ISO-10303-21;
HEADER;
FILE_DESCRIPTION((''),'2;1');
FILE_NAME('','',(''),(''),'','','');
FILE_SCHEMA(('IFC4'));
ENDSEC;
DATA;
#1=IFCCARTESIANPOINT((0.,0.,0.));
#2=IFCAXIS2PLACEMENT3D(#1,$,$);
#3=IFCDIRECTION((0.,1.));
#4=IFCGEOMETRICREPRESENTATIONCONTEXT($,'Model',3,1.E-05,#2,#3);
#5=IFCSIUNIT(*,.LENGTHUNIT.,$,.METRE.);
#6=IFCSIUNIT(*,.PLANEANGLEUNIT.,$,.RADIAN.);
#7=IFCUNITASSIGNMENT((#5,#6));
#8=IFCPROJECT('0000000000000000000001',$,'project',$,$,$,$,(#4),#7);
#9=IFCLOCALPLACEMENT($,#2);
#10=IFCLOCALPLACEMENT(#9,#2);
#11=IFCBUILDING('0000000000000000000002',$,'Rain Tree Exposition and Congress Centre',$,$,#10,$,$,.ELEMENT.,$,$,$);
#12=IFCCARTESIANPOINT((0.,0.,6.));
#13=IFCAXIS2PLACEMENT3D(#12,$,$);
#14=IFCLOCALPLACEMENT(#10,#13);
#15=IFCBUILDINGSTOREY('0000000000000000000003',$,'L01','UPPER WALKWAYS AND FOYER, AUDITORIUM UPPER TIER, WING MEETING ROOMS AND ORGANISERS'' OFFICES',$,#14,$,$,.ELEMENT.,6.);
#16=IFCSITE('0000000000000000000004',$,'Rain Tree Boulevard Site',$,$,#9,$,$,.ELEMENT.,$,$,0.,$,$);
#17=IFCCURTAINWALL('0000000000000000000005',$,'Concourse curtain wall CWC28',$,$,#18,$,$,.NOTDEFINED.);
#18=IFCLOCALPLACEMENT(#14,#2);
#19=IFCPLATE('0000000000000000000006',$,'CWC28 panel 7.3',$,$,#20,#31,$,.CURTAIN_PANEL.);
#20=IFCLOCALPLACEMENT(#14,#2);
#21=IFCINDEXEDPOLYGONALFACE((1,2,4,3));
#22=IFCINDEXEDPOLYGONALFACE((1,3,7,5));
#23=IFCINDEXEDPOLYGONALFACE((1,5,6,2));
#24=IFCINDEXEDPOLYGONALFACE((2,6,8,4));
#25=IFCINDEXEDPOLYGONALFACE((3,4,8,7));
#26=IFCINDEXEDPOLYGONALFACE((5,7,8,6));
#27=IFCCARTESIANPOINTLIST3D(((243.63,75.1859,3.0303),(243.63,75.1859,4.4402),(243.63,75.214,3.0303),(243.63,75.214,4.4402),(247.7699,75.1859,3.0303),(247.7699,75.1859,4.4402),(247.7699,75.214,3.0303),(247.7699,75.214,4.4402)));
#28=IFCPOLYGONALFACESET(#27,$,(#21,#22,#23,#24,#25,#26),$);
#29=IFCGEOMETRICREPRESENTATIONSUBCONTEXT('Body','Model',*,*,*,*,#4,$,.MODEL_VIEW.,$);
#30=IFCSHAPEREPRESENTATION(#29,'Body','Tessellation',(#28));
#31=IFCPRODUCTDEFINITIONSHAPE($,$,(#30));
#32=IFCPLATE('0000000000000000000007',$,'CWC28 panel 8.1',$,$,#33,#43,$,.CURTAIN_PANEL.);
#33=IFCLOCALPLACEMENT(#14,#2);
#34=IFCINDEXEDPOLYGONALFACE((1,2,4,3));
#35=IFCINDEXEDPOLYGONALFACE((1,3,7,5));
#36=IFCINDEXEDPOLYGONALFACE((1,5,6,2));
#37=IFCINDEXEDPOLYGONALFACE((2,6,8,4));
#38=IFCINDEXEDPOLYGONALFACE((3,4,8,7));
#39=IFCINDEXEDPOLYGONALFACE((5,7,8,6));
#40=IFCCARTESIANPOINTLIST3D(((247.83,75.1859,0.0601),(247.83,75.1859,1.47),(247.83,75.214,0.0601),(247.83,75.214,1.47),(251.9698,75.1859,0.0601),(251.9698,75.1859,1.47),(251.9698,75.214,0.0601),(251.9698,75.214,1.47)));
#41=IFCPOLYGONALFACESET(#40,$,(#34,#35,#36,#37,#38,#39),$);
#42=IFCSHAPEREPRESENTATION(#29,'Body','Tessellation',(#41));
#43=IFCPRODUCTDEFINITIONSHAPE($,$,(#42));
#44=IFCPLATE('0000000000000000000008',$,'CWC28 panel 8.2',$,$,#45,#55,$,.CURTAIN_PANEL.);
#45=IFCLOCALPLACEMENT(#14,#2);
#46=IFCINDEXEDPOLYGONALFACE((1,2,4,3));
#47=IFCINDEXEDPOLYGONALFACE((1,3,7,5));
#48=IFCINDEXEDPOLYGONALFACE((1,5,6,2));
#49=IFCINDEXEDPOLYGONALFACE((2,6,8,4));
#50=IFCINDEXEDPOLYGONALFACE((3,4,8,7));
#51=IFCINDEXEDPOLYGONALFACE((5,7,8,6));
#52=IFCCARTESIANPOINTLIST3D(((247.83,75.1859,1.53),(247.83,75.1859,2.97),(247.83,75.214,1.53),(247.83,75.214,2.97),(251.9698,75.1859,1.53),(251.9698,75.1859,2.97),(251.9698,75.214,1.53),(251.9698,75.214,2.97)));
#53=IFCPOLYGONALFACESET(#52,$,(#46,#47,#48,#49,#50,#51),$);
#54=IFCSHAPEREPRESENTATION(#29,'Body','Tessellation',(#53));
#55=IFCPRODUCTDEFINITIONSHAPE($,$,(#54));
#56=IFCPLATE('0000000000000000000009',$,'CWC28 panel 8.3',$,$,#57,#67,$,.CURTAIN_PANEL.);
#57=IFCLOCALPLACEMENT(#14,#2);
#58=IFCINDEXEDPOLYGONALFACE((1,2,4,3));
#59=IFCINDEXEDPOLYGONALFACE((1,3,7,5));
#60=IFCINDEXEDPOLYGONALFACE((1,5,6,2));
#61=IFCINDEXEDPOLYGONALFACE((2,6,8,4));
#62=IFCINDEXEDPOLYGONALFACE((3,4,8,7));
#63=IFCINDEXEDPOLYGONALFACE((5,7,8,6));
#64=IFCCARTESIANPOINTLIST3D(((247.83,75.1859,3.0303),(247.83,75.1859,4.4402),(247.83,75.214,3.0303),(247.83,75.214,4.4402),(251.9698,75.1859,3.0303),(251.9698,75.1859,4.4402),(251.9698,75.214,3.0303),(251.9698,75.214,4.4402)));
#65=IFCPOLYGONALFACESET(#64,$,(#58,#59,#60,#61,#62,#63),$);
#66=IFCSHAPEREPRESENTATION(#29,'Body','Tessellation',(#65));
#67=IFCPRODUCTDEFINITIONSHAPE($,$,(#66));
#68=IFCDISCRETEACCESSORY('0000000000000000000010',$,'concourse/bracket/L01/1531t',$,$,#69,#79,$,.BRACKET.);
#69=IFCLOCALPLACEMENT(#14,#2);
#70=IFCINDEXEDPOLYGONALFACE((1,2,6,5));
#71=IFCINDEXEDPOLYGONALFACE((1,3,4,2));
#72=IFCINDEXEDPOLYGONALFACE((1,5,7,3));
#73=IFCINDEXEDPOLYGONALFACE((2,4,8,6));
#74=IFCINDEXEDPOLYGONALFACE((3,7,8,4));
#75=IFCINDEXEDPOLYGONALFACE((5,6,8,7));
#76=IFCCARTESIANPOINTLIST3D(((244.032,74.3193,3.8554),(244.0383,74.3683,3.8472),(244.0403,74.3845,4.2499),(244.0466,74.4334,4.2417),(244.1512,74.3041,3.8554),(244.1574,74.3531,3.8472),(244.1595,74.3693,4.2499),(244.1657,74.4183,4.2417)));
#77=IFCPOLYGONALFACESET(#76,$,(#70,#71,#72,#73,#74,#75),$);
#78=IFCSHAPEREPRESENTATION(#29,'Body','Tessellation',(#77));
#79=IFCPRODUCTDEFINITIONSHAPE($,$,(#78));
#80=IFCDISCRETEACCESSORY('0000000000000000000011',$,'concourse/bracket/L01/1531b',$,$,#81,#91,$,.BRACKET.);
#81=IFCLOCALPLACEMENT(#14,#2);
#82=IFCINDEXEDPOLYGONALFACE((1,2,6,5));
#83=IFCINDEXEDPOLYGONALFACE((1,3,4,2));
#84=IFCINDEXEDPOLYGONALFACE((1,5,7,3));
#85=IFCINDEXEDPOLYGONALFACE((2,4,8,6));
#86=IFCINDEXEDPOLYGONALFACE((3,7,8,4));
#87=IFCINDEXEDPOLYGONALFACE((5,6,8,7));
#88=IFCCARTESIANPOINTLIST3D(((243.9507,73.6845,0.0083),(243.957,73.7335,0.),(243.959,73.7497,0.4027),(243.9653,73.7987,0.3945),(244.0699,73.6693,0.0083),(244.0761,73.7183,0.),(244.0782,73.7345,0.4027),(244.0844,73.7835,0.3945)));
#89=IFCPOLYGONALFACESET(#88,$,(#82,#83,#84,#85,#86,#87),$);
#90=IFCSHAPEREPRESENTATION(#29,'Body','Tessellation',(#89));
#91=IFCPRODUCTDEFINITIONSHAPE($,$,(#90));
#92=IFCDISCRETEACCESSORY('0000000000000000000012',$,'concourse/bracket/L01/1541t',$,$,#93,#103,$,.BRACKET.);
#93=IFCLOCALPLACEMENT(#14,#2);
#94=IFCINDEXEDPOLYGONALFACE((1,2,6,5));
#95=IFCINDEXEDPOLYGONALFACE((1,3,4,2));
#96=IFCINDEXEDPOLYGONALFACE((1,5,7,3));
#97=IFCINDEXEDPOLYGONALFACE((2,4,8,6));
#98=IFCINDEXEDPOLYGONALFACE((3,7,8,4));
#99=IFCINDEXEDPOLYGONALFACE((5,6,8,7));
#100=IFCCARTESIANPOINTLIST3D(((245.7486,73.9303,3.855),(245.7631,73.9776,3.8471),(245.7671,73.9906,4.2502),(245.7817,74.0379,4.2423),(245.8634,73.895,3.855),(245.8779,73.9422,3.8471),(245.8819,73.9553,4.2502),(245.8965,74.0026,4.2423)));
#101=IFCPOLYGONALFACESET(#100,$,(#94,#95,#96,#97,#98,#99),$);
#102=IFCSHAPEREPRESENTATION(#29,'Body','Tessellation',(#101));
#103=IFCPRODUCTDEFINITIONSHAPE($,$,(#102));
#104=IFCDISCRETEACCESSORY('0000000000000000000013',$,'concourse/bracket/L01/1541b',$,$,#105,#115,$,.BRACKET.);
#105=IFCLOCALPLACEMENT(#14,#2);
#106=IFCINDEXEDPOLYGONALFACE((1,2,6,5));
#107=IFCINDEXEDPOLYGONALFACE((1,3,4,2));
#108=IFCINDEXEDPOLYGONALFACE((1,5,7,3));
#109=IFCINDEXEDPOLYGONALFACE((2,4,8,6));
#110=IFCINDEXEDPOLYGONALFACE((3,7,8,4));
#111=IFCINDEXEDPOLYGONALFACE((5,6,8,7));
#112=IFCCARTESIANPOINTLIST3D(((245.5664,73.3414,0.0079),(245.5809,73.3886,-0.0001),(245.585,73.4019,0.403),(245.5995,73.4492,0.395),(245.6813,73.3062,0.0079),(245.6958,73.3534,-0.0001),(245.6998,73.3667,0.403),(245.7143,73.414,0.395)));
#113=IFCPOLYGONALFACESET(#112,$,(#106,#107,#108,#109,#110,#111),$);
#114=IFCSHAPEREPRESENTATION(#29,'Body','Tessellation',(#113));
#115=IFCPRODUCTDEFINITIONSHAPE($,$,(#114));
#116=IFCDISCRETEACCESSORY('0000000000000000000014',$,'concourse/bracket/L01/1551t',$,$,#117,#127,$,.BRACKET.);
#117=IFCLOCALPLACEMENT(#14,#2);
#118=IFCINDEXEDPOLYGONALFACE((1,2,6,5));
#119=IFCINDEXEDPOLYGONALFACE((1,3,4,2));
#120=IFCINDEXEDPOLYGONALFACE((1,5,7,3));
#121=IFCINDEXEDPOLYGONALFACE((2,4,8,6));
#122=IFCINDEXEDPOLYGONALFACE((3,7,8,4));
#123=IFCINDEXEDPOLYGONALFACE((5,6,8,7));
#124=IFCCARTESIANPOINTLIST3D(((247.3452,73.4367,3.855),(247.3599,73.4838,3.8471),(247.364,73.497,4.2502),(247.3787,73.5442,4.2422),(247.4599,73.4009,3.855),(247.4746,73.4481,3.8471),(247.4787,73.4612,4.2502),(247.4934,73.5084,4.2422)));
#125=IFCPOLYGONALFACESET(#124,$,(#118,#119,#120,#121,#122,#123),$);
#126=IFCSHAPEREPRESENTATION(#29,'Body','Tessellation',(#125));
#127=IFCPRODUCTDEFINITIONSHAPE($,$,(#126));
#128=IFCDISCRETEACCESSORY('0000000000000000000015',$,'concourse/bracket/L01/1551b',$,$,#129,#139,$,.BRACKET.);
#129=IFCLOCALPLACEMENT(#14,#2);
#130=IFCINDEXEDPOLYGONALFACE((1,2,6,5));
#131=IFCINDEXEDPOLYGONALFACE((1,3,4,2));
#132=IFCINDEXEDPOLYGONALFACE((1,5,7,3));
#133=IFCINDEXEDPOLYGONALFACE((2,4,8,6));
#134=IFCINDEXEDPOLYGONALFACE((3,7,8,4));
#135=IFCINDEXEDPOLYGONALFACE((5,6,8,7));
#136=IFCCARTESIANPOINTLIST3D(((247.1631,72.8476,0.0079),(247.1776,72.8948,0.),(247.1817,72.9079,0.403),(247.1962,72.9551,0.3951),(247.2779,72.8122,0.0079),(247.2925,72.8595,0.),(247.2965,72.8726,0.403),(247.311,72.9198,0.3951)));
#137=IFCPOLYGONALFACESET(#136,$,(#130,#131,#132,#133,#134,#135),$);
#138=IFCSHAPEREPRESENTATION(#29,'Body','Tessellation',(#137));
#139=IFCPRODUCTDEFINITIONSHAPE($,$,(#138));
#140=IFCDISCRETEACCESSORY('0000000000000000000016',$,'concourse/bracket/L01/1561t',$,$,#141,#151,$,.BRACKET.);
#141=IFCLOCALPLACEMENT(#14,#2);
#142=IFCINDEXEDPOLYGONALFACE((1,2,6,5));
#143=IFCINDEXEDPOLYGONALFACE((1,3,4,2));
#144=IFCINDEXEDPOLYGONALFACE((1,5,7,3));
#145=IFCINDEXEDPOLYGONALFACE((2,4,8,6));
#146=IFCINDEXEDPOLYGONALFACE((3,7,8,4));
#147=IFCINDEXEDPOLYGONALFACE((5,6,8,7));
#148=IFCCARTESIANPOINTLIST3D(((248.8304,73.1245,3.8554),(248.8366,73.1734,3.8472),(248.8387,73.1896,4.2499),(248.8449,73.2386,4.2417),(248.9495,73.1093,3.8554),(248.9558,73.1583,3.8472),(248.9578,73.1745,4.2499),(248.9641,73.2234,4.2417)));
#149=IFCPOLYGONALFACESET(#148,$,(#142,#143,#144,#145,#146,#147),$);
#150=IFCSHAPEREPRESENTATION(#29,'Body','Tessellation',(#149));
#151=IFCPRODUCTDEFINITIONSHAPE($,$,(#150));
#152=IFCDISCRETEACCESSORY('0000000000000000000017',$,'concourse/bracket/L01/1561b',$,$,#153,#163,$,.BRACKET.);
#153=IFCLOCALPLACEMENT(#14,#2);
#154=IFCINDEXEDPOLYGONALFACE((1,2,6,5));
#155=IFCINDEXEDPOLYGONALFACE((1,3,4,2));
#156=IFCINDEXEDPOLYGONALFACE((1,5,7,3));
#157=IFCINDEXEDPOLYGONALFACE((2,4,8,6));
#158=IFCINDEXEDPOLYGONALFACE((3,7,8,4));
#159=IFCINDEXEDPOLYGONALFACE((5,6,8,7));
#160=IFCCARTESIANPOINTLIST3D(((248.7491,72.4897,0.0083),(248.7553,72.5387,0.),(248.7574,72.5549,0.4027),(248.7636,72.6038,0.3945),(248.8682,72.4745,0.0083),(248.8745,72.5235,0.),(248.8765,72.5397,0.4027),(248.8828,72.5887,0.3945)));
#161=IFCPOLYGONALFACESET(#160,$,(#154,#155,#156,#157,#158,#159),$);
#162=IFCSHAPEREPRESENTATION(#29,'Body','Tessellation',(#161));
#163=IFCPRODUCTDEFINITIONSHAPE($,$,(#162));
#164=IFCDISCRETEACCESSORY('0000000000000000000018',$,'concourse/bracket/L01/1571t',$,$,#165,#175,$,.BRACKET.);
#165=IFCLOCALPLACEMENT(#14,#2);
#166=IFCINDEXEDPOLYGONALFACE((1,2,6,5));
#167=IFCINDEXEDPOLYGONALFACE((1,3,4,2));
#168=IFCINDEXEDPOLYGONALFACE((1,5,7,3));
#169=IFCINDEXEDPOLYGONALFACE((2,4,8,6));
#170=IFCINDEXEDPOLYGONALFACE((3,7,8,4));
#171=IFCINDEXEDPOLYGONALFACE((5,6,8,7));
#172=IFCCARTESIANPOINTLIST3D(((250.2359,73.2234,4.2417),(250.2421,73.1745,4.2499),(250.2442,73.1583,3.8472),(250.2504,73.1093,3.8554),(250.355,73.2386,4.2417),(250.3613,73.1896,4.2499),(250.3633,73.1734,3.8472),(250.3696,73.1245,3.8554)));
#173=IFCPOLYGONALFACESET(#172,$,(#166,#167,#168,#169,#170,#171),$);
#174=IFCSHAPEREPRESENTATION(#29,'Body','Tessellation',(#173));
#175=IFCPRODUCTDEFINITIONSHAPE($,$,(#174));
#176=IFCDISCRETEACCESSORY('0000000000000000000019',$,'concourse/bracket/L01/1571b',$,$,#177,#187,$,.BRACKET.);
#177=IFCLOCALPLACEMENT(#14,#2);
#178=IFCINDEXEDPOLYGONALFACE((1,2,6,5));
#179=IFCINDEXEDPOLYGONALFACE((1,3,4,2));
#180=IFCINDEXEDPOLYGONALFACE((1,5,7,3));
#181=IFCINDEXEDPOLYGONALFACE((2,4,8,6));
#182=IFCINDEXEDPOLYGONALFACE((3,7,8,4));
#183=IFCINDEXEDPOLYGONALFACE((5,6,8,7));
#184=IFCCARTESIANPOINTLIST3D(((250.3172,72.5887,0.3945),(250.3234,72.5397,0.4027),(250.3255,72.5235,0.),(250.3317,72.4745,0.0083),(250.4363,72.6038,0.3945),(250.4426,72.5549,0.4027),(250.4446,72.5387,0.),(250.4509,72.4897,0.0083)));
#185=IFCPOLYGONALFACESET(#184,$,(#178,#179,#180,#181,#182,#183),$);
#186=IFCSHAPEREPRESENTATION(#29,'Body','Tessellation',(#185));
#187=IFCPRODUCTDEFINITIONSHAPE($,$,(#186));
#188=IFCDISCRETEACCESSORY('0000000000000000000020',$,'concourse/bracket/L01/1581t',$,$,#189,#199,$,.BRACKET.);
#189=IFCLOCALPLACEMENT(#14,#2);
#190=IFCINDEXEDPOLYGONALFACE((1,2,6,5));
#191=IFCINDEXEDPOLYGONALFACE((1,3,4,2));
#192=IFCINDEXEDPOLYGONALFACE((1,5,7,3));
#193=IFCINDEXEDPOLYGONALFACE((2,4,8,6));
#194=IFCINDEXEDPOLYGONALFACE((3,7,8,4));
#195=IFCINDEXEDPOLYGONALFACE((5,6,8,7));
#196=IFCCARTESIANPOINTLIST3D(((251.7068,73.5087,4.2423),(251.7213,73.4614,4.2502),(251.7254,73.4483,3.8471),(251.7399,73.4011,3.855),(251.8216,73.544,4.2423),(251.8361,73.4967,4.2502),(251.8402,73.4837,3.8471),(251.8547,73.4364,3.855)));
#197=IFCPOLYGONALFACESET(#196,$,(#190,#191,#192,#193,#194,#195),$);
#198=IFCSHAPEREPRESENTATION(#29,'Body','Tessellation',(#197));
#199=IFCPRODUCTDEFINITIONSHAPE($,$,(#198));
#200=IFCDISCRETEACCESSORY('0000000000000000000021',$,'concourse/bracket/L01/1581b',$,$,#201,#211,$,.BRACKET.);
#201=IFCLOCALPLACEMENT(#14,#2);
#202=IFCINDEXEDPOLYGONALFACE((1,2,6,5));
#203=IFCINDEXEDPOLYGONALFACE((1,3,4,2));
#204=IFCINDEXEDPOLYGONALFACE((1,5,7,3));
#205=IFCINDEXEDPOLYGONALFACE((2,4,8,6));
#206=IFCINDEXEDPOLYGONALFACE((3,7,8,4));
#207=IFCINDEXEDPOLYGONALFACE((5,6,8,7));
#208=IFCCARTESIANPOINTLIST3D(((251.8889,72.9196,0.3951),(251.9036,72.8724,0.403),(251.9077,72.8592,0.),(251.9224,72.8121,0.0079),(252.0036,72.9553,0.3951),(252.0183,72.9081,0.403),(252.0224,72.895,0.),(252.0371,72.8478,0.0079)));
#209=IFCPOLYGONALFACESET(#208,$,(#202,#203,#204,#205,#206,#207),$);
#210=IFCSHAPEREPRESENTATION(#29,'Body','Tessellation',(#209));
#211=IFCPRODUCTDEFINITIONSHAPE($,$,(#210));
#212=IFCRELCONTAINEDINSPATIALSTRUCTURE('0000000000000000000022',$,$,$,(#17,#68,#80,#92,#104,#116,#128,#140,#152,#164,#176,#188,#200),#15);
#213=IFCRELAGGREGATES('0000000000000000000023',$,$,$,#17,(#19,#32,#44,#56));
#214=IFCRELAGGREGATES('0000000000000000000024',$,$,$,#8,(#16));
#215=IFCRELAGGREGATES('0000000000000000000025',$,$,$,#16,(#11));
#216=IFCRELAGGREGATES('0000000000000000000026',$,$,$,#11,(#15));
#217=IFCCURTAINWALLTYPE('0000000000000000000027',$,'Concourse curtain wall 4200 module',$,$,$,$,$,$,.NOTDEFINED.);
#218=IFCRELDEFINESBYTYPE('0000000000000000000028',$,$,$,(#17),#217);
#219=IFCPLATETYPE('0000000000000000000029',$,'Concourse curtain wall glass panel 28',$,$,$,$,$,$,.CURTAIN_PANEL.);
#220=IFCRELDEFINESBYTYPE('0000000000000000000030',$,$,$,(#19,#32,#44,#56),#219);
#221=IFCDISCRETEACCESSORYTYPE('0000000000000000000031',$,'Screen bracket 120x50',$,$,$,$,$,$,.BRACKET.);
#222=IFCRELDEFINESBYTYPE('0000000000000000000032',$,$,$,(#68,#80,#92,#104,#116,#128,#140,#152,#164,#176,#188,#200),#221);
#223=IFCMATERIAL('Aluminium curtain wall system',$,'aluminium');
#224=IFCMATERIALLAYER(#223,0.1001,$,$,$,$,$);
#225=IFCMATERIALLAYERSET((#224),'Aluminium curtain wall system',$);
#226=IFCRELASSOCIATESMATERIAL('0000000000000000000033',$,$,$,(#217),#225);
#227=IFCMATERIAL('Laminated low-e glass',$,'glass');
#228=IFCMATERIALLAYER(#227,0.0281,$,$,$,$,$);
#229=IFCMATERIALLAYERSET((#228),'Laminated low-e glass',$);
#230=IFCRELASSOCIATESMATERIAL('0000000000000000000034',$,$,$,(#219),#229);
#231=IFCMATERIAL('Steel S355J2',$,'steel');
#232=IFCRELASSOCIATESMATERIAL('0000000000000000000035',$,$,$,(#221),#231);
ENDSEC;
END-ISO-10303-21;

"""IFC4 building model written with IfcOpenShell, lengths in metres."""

from ifc_helpers import new_model, si_unit, direction, frame, origin, origin_2d, place, context, subcontext, project, spatial, rectangle, extrude, material, layer, layer_set, material_profile, profile_set, type_object, element, aggregate, save


model = new_model("IFC4")

# Units and contexts
model_context = context("Model", 3, precision=1e-05, world=origin(), true_north=direction((0.0, 1.0)))
body_context = subcontext(model_context, "Body", "Model", "MODEL_VIEW")
ifc_project = project(units=[si_unit("LENGTHUNIT", "METRE"), si_unit("PLANEANGLEUNIT", "RADIAN")], contexts=[model_context])

# Site, building, storey
site_placement = place(None, origin())
site = spatial("IfcSite", under=ifc_project, at=site_placement, Name="Rain Tree Boulevard Site", CompositionType="ELEMENT", RefElevation=0.0)
building_placement = place(site_placement, origin())
building = spatial("IfcBuilding", under=site, at=building_placement, Name="Rain Tree Exposition and Congress Centre", CompositionType="ELEMENT")
storey_placement = place(building_placement, frame((0.0, 0.0, 6.0)))
storey = spatial("IfcBuildingStorey", under=building, at=storey_placement, Name="L01", Description="UPPER WALKWAYS AND FOYER, AUDITORIUM UPPER TIER, WING MEETING ROOMS AND ORGANISERS' OFFICES", CompositionType="ELEMENT", Elevation=6.0)

# Curtain wall, plates
ifc_material_1 = material(Name="Aluminium curtain wall system", Category="aluminium")
ifc_layer_1 = layer(ifc_material_1, 0.1001)
ifc_layer_set_1 = layer_set([ifc_layer_1], Name="Aluminium curtain wall system")
curtain_wall_type = type_object("IfcCurtainWallType", Name="Concourse curtain wall 4200 module", PredefinedType="NOTDEFINED", material=ifc_layer_set_1)
curtain_wall_placement = place(storey_placement, origin())
curtain_wall = element("IfcCurtainWall", 1, at=curtain_wall_placement, inside=storey, type_object=curtain_wall_type, Name="Concourse curtain wall CWC28", PredefinedType="NOTDEFINED")
ifc_material_2 = material(Name="Laminated low-e glass", Category="glass")
ifc_layer_2 = layer(ifc_material_2, 0.0281)
ifc_layer_set_2 = layer_set([ifc_layer_2], Name="Laminated low-e glass")
plate_type = type_object("IfcPlateType", Name="Concourse curtain wall glass panel 28", PredefinedType="CURTAIN_PANEL", material=ifc_layer_set_2)
plate_1_placement = place(storey_placement, frame((245.7, 75.2, 3.0303), z_axis=(0.0, 0.0, 1.0), x_axis=(1.0, 0.0, 0.0)))
plate_1 = element("IfcPlate", 2, at=plate_1_placement, type_object=plate_type, Name="CWC28 panel 7.3", PredefinedType="CURTAIN_PANEL", context=body_context, shape_type="SweptSolid", body=[
    extrude(rectangle(XDim=4.1399, YDim=0.0281, at=origin_2d()), origin(), (0.0, 0.0, 1.0), 1.4099),
])
plate_2_placement = place(storey_placement, frame((249.8999, 75.2, 0.0601), z_axis=(0.0, 0.0, 1.0), x_axis=(1.0, 0.0, 0.0)))
plate_2 = element("IfcPlate", 3, at=plate_2_placement, type_object=plate_type, Name="CWC28 panel 8.1", PredefinedType="CURTAIN_PANEL", context=body_context, shape_type="SweptSolid", body=[
    extrude(rectangle(XDim=4.1399, YDim=0.0281, at=origin_2d()), origin(), (0.0, 0.0, 1.0), 1.4099),
])
plate_3_placement = place(storey_placement, frame((249.8999, 75.2, 1.53), z_axis=(0.0, 0.0, 1.0), x_axis=(1.0, 0.0, 0.0)))
plate_3 = element("IfcPlate", 4, at=plate_3_placement, type_object=plate_type, Name="CWC28 panel 8.2", PredefinedType="CURTAIN_PANEL", context=body_context, shape_type="SweptSolid", body=[
    extrude(rectangle(XDim=4.1399, YDim=0.0281, at=origin_2d()), origin(), (0.0, 0.0, 1.0), 1.4399),
])
plate_4_placement = place(storey_placement, frame((249.8999, 75.2, 3.0303), z_axis=(0.0, 0.0, 1.0), x_axis=(1.0, 0.0, 0.0)))
plate_4 = element("IfcPlate", 5, at=plate_4_placement, type_object=plate_type, Name="CWC28 panel 8.3", PredefinedType="CURTAIN_PANEL", context=body_context, shape_type="SweptSolid", body=[
    extrude(rectangle(XDim=4.1399, YDim=0.0281, at=origin_2d()), origin(), (0.0, 0.0, 1.0), 1.4099),
])
aggregate(curtain_wall, [plate_1, plate_2, plate_3, plate_4])

# Discrete accessories
ifc_material_3 = material(Name="Steel S355J2", Category="steel")
ifc_material_profile_1 = material_profile(ifc_material_3, rectangle(XDim=0.1201, YDim=0.05, at=origin_2d()), Name="Flat bar 120x50")
ifc_profile_set_1 = profile_set([ifc_material_profile_1], Name="Steel S355J2")
discrete_accessory_type = type_object("IfcDiscreteAccessoryType", Name="Screen bracket 120x50", PredefinedType="BRACKET", material=ifc_profile_set_1)
for number, where, z_axis, x_axis, name in (
    (6, (244.0947, 74.3362, 3.8513), (0.020754, 0.162978, 0.986411), (-0.991989, 0.126321, 0.0), "concourse/bracket/L01/1531t"),
    (7, (244.0134, 73.7014, 0.0042), (0.020754, 0.162978, 0.986411), (-0.991989, 0.126321, 0.0), "concourse/bracket/L01/1531b"),
):
    element("IfcDiscreteAccessory", number, at=place(storey_placement, frame(where, z_axis=z_axis, x_axis=x_axis)), inside=storey, type_object=discrete_accessory_type, Name=name, PredefinedType="BRACKET", context=body_context, shape_type="SweptSolid", body=[
        extrude(rectangle(XDim=0.1201, YDim=0.05, at=origin_2d()), origin(), (0.0, 0.0, 1.0), 0.3999),
    ])
for number, where, z_axis, x_axis, name in (
    (8, (245.8132, 73.9363, 3.8511), (0.046384, 0.150747, 0.987484), (-0.955779, 0.294086, 0.0), "concourse/bracket/L01/1541t"),
    (9, (245.6311, 73.3474, 0.0039), (0.046379, 0.151343, 0.987393), (-0.956112, 0.293002, 0.0), "concourse/bracket/L01/1541b"),
    (10, (247.4099, 73.4424, 3.8511), (0.046993, 0.150743, 0.987456), (-0.954686, 0.297615, 0.0), "concourse/bracket/L01/1551t"),
    (11, (247.2278, 72.8535, 0.0039), (0.046384, 0.150747, 0.987484), (-0.955779, 0.294086, 0.0), "concourse/bracket/L01/1551b"),
):
    element("IfcDiscreteAccessory", number, at=place(storey_placement, frame(where, z_axis=z_axis, x_axis=x_axis)), inside=storey, type_object=discrete_accessory_type, Name=name, PredefinedType="BRACKET", context=body_context, shape_type="SweptSolid", body=[
        extrude(rectangle(XDim=0.1201, YDim=0.05, at=origin_2d()), origin(), (0.0, 0.0, 1.0), 0.4001),
    ])
for number, where, z_axis, x_axis, name in (
    (12, (248.8931, 73.1414, 3.8513), (0.020754, 0.162978, 0.986411), (-0.991989, 0.126321, 0.0), "concourse/bracket/L01/1561t"),
    (13, (248.8118, 72.5066, 0.0042), (0.020754, 0.162978, 0.986411), (-0.991989, 0.126321, 0.0), "concourse/bracket/L01/1561b"),
    (14, (250.3069, 73.1414, 3.8513), (-0.020754, 0.162978, 0.986411), (-0.991989, -0.126321, 0.0), "concourse/bracket/L01/1571t"),
    (15, (250.3882, 72.5066, 0.0042), (-0.020754, 0.162978, 0.986411), (-0.991989, -0.126321, 0.0), "concourse/bracket/L01/1571b"),
):
    element("IfcDiscreteAccessory", number, at=place(storey_placement, frame(where, z_axis=z_axis, x_axis=x_axis)), inside=storey, type_object=discrete_accessory_type, Name=name, PredefinedType="BRACKET", context=body_context, shape_type="SweptSolid", body=[
        extrude(rectangle(XDim=0.1201, YDim=0.05, at=origin_2d()), origin(), (0.0, 0.0, 1.0), 0.3999),
    ])
for number, where, z_axis, x_axis, name in (
    (16, (251.79, 73.4424, 3.8511), (-0.046384, 0.150747, 0.987484), (-0.955779, -0.294086, 0.0), "concourse/bracket/L01/1581t"),
    (17, (251.9724, 72.8535, 0.0039), (-0.046993, 0.150743, 0.987456), (-0.954686, -0.297615, 0.0), "concourse/bracket/L01/1581b"),
):
    element("IfcDiscreteAccessory", number, at=place(storey_placement, frame(where, z_axis=z_axis, x_axis=x_axis)), inside=storey, type_object=discrete_accessory_type, Name=name, PredefinedType="BRACKET", context=body_context, shape_type="SweptSolid", body=[
        extrude(rectangle(XDim=0.1201, YDim=0.05, at=origin_2d()), origin(), (0.0, 0.0, 1.0), 0.4001),
    ])

save(model, "model.ifc")
